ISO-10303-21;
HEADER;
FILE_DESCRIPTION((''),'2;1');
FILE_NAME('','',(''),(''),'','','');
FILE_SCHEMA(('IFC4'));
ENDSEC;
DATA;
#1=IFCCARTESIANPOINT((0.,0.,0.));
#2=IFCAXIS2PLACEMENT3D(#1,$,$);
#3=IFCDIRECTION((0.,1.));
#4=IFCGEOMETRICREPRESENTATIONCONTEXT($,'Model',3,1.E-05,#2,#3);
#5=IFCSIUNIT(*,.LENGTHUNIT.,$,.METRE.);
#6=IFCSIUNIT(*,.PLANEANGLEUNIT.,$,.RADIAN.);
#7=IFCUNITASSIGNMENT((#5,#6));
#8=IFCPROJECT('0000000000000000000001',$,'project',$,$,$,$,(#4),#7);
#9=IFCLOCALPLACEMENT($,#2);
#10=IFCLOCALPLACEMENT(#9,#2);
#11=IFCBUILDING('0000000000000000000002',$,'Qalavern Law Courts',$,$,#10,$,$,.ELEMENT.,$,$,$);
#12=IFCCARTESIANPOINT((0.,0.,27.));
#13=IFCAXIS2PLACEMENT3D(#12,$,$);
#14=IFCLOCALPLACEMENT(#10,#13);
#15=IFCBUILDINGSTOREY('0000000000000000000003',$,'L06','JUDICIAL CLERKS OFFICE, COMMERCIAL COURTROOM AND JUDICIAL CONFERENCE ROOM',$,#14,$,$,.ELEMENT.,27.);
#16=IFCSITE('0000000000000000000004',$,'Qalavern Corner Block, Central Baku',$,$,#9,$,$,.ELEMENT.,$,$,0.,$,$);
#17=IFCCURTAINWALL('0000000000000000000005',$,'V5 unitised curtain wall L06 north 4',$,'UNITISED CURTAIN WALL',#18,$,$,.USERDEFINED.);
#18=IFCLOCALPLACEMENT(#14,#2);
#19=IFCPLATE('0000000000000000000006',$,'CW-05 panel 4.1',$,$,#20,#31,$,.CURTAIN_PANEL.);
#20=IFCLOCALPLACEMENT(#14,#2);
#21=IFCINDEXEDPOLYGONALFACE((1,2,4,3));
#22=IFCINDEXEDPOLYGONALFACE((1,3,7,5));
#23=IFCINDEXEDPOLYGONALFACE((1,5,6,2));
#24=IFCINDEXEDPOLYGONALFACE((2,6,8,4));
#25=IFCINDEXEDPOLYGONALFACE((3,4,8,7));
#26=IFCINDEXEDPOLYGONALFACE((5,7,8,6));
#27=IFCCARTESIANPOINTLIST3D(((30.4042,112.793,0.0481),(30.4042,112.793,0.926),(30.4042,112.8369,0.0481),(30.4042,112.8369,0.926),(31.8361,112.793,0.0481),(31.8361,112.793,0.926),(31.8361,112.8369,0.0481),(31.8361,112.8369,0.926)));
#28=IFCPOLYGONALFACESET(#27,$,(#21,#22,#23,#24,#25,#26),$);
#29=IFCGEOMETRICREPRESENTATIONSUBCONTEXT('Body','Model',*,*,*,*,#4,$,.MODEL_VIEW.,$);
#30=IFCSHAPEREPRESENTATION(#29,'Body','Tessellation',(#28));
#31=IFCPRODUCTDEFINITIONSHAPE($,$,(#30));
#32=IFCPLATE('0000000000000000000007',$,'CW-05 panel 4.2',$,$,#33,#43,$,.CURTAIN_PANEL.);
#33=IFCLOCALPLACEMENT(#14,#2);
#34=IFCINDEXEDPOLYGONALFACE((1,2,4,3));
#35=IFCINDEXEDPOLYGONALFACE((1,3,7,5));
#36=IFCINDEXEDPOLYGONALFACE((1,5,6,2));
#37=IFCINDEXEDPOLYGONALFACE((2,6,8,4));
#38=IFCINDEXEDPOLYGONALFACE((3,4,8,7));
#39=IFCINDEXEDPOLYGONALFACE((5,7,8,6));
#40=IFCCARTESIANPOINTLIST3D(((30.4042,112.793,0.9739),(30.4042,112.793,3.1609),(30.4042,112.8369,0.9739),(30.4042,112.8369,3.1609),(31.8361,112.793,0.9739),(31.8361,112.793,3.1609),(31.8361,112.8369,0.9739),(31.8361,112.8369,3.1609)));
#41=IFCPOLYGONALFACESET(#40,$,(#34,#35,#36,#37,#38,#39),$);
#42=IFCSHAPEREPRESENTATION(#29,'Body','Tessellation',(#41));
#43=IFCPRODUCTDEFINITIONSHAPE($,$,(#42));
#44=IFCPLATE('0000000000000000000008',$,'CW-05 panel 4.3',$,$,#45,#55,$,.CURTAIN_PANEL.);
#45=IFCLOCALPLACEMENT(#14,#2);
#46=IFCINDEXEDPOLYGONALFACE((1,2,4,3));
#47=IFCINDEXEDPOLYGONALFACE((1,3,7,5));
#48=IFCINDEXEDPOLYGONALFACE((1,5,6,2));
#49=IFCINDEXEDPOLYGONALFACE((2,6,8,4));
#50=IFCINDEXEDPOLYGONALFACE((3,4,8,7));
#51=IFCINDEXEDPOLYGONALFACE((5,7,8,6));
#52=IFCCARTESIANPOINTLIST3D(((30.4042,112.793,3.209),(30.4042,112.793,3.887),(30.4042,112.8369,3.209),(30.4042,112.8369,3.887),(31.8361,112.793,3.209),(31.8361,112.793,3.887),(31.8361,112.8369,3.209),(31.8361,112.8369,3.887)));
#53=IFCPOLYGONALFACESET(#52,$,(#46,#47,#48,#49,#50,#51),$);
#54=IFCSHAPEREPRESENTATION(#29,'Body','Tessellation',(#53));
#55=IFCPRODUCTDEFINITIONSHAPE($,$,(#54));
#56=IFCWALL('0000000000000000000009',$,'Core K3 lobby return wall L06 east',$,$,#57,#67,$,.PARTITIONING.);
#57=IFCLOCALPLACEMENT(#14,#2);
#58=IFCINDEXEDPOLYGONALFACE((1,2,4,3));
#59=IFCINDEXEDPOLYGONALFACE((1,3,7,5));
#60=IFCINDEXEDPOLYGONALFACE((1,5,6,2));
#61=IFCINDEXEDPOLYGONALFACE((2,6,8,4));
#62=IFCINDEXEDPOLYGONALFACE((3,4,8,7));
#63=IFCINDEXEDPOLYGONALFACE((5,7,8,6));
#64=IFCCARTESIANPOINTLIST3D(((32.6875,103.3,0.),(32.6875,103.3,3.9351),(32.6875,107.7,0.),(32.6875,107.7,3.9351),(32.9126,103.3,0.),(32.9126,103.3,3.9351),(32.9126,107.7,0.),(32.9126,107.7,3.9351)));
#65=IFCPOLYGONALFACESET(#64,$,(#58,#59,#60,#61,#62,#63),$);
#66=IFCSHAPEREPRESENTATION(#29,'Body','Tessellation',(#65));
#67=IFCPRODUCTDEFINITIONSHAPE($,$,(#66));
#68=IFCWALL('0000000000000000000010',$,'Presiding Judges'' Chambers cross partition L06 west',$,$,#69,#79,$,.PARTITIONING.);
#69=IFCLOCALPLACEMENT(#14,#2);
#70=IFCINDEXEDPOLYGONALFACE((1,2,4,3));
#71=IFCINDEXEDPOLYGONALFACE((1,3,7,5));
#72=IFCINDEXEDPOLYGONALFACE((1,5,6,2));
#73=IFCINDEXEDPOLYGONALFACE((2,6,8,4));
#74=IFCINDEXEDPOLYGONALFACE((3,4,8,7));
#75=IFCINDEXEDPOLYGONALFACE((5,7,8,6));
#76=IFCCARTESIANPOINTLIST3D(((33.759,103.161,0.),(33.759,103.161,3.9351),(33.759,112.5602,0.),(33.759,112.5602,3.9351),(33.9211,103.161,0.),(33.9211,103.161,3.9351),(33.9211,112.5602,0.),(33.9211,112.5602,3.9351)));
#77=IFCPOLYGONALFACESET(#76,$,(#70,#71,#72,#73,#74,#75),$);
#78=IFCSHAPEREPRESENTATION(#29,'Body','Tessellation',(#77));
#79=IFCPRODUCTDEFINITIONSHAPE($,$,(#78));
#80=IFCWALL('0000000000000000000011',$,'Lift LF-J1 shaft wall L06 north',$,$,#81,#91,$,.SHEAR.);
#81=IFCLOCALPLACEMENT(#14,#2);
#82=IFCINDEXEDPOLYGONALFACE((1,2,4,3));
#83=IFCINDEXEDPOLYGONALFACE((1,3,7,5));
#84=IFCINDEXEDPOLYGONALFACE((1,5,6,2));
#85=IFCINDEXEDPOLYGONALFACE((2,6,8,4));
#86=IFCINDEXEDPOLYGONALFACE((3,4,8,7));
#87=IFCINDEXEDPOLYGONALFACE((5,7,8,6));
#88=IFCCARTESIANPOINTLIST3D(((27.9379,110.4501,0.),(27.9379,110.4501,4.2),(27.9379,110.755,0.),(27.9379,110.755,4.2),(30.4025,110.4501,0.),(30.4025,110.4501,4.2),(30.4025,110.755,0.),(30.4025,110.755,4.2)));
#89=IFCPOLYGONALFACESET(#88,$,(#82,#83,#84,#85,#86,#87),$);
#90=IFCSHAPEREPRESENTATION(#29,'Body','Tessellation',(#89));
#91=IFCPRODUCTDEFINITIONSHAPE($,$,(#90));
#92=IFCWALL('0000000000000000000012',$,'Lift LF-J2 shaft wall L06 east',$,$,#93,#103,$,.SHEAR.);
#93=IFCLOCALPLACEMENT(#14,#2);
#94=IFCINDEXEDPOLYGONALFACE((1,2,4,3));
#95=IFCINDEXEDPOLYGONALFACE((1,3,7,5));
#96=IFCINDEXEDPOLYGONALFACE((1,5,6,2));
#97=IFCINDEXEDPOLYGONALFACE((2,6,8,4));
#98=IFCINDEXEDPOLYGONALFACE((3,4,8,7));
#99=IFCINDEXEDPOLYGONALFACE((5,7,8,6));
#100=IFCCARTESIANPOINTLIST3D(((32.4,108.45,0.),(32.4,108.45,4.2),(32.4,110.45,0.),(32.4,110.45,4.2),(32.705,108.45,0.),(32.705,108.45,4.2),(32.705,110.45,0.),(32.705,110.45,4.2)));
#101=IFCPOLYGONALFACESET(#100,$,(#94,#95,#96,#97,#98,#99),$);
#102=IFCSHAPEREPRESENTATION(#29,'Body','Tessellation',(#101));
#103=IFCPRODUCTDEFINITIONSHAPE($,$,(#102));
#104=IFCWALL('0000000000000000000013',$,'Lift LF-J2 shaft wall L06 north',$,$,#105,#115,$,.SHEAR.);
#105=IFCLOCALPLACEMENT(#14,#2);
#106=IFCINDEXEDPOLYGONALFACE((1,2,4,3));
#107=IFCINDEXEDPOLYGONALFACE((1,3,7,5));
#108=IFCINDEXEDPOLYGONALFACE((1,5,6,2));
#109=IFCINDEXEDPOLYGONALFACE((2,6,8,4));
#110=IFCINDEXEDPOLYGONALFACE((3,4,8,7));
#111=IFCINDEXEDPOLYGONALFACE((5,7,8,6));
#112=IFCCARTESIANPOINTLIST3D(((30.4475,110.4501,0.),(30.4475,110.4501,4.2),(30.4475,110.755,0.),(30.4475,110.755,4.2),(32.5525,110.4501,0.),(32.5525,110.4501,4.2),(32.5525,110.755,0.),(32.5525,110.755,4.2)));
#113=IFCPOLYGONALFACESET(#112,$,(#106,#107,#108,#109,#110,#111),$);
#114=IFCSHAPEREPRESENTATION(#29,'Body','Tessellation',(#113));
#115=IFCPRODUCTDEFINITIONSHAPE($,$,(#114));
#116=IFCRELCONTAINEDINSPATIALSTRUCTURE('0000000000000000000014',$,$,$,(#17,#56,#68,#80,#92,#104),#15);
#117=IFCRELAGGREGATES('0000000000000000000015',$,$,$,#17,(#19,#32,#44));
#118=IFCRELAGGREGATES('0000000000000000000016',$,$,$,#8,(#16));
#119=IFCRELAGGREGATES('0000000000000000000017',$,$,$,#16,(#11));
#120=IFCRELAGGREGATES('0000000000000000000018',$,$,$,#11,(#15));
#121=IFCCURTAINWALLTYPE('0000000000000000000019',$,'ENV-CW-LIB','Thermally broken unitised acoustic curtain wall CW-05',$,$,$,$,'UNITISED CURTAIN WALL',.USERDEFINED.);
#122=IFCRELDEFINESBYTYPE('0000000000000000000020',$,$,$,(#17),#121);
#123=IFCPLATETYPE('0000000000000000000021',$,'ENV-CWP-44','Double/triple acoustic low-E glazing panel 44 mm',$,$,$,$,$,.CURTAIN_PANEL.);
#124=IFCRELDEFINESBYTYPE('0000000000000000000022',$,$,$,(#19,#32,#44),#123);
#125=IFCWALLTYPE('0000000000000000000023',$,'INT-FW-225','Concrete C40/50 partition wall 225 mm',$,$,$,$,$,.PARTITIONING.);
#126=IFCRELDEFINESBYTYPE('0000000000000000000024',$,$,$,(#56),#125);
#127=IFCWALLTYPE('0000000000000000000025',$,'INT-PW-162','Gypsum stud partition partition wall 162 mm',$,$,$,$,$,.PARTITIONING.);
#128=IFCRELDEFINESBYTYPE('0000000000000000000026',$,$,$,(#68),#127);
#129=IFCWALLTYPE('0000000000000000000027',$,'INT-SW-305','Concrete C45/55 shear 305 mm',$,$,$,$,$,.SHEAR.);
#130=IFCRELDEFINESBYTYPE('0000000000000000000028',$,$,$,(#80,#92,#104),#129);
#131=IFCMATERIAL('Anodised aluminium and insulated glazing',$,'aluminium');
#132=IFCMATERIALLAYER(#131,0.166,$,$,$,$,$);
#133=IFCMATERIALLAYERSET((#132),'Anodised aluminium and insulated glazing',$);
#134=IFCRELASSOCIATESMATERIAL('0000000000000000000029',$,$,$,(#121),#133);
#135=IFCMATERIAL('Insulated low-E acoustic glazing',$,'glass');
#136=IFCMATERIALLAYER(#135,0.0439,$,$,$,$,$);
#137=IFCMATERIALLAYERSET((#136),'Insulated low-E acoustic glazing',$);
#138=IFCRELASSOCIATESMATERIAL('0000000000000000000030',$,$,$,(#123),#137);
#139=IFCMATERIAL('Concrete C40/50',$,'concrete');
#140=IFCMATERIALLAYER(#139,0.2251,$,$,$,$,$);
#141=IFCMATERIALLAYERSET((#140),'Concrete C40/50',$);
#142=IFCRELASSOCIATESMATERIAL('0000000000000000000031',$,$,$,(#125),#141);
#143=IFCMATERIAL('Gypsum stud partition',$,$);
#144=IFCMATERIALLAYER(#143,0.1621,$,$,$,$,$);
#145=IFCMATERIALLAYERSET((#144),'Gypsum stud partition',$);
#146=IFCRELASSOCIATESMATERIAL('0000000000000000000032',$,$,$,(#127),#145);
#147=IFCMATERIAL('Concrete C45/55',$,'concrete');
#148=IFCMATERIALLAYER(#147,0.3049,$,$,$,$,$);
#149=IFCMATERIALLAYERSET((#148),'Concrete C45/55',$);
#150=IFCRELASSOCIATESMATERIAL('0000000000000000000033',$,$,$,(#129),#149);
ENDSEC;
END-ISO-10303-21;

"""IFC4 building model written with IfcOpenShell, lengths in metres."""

from ifc_helpers import new_model, si_unit, direction, frame, frame_2d, origin, origin_2d, place, context, subcontext, project, spatial, rectangle, extrude, material, layer, layer_set, type_object, element, aggregate, save


model = new_model("IFC4")

# Units and contexts
model_context = context("Model", 3, precision=1e-05, world=origin(), true_north=direction((0.0, 1.0)))
body_context = subcontext(model_context, "Body", "Model", "MODEL_VIEW")
ifc_project = project(units=[si_unit("LENGTHUNIT", "METRE"), si_unit("PLANEANGLEUNIT", "RADIAN")], contexts=[model_context])

# Site, building, storey
site_placement = place(None, origin())
site = spatial("IfcSite", under=ifc_project, at=site_placement, Name="Qalavern Corner Block, Central Baku", CompositionType="ELEMENT", RefElevation=0.0)
building_placement = place(site_placement, origin())
building = spatial("IfcBuilding", under=site, at=building_placement, Name="Qalavern Law Courts", CompositionType="ELEMENT")
storey_placement = place(building_placement, frame((0.0, 0.0, 27.0)))
storey = spatial("IfcBuildingStorey", under=building, at=storey_placement, Name="L06", Description="JUDICIAL CLERKS OFFICE, COMMERCIAL COURTROOM AND JUDICIAL CONFERENCE ROOM", CompositionType="ELEMENT", Elevation=27.0)

# Shared definitions
ifc_material_1 = material(Name="Concrete C45/55", Category="concrete")

# Curtain wall
ifc_material_2 = material(Name="Anodised aluminium and insulated glazing", Category="aluminium")
ifc_layer_1 = layer(ifc_material_2, 0.166)
ifc_layer_set_1 = layer_set([ifc_layer_1], Name="Anodised aluminium and insulated glazing")
curtain_wall_type = type_object("IfcCurtainWallType", Name="ENV-CW-LIB", Description="Thermally broken unitised acoustic curtain wall CW-05", ElementType="UNITISED CURTAIN WALL", PredefinedType="USERDEFINED", material=ifc_layer_set_1)
curtain_wall_placement = place(storey_placement, origin())
curtain_wall = element("IfcCurtainWall", 1, at=curtain_wall_placement, inside=storey, type_object=curtain_wall_type, Name="V5 unitised curtain wall L06 north 4", ObjectType="UNITISED CURTAIN WALL", PredefinedType="USERDEFINED")

# Shared definitions
ifc_material_3 = material(Name="Concrete C40/50", Category="concrete")

# Plates
ifc_material_4 = material(Name="Insulated low-E acoustic glazing", Category="glass")
ifc_layer_2 = layer(ifc_material_4, 0.0439)
ifc_layer_set_2 = layer_set([ifc_layer_2], Name="Insulated low-E acoustic glazing")
plate_type = type_object("IfcPlateType", Name="ENV-CWP-44", Description="Double/triple acoustic low-E glazing panel 44 mm", PredefinedType="CURTAIN_PANEL", material=ifc_layer_set_2)
plate_1_placement = place(storey_placement, frame((31.1201, 112.8149, 0.0481), z_axis=(0.0, 0.0, 1.0), x_axis=(-1.0, 0.0, 0.0)))
plate_1 = element("IfcPlate", 2, at=plate_1_placement, type_object=plate_type, Name="CW-05 panel 4.1", PredefinedType="CURTAIN_PANEL", context=body_context, shape_type="SweptSolid", body=[
    extrude(rectangle(XDim=1.4319, YDim=0.0439, at=origin_2d()), origin(), (0.0, 0.0, 1.0), 0.8779),
])
plate_2_placement = place(storey_placement, frame((31.1201, 112.8149, 0.9739), z_axis=(0.0, 0.0, 1.0), x_axis=(-1.0, 0.0, 0.0)))
plate_2 = element("IfcPlate", 3, at=plate_2_placement, type_object=plate_type, Name="CW-05 panel 4.2", PredefinedType="CURTAIN_PANEL", context=body_context, shape_type="SweptSolid", body=[
    extrude(rectangle(XDim=1.4319, YDim=0.0439, at=origin_2d()), origin(), (0.0, 0.0, 1.0), 2.187),
])
plate_3_placement = place(storey_placement, frame((31.1201, 112.8149, 3.209), z_axis=(0.0, 0.0, 1.0), x_axis=(-1.0, 0.0, 0.0)))
plate_3 = element("IfcPlate", 4, at=plate_3_placement, type_object=plate_type, Name="CW-05 panel 4.3", PredefinedType="CURTAIN_PANEL", context=body_context, shape_type="SweptSolid", body=[
    extrude(rectangle(XDim=1.4319, YDim=0.0439, at=origin_2d()), origin(), (0.0, 0.0, 1.0), 0.678),
])
aggregate(curtain_wall, [plate_1, plate_2, plate_3])

# Walls
ifc_layer_3 = layer(ifc_material_3, 0.2251)
ifc_layer_set_3 = layer_set([ifc_layer_3], Name="Concrete C40/50")
wall_type_1 = type_object("IfcWallType", Name="INT-FW-225", Description="Concrete C40/50 partition wall 225 mm", PredefinedType="PARTITIONING", material=ifc_layer_set_3)
wall_1_placement = place(storey_placement, frame((32.8, 103.3, 0.0), z_axis=(0.0, 0.0, 1.0), x_axis=(0.0, 1.0, 0.0)))
element("IfcWall", 5, at=wall_1_placement, inside=storey, type_object=wall_type_1, Name="Core K3 lobby return wall L06 east", PredefinedType="PARTITIONING", context=body_context, shape_type="SweptSolid", body=[
    extrude(rectangle(XDim=4.3999, YDim=0.2251, at=frame_2d((2.2, 0.0))), origin(), (0.0, 0.0, 1.0), 3.9351),
])
ifc_material_5 = material(Name="Gypsum stud partition")
ifc_layer_4 = layer(ifc_material_5, 0.1621)
ifc_layer_set_4 = layer_set([ifc_layer_4], Name="Gypsum stud partition")
wall_type_2 = type_object("IfcWallType", Name="INT-PW-162", Description="Gypsum stud partition partition wall 162 mm", PredefinedType="PARTITIONING", material=ifc_layer_set_4)
wall_2_placement = place(storey_placement, frame((33.8401, 103.1609, 0.0), z_axis=(0.0, 0.0, 1.0), x_axis=(0.0, 1.0, 0.0)))
element("IfcWall", 6, at=wall_2_placement, inside=storey, type_object=wall_type_2, Name="Presiding Judges' Chambers cross partition L06 west", PredefinedType="PARTITIONING", context=body_context, shape_type="SweptSolid", body=[
    extrude(rectangle(XDim=9.3992, YDim=0.1621, at=frame_2d((4.6997, 0.0))), origin(), (0.0, 0.0, 1.0), 3.9351),
])
ifc_layer_5 = layer(ifc_material_1, 0.3049)
ifc_layer_set_5 = layer_set([ifc_layer_5], Name="Concrete C45/55")
wall_type_3 = type_object("IfcWallType", Name="INT-SW-305", Description="Concrete C45/55 shear 305 mm", PredefinedType="SHEAR", material=ifc_layer_set_5)
wall_3_placement = place(storey_placement, frame((30.4026, 110.6025, 0.0), z_axis=(0.0, 0.0, 1.0), x_axis=(-1.0, 0.0, 0.0)))
element("IfcWall", 7, at=wall_3_placement, inside=storey, type_object=wall_type_3, Name="Lift LF-J1 shaft wall L06 north", PredefinedType="SHEAR", context=body_context, shape_type="SweptSolid", body=[
    extrude(rectangle(XDim=2.4646, YDim=0.3049, at=frame_2d((1.2324, 0.0))), origin(), (0.0, 0.0, 1.0), 4.2),
])

# Walls
wall_4_placement = place(storey_placement, frame((32.5525, 108.45, 0.0), z_axis=(0.0, 0.0, 1.0), x_axis=(0.0, 1.0, 0.0)))
element("IfcWall", 8, at=wall_4_placement, inside=storey, type_object=wall_type_3, Name="Lift LF-J2 shaft wall L06 east", PredefinedType="SHEAR", context=body_context, shape_type="SweptSolid", body=[
    extrude(rectangle(XDim=2.0, YDim=0.3049, at=frame_2d((1.0, 0.0))), origin(), (0.0, 0.0, 1.0), 4.2),
])
wall_5_placement = place(storey_placement, frame((32.5525, 110.6025, 0.0), z_axis=(0.0, 0.0, 1.0), x_axis=(-1.0, 0.0, 0.0)))
element("IfcWall", 9, at=wall_5_placement, inside=storey, type_object=wall_type_3, Name="Lift LF-J2 shaft wall L06 north", PredefinedType="SHEAR", context=body_context, shape_type="SweptSolid", body=[
    extrude(rectangle(XDim=2.105, YDim=0.3049, at=frame_2d((1.0525, 0.0))), origin(), (0.0, 0.0, 1.0), 4.2),
])

save(model, "model.ifc")
